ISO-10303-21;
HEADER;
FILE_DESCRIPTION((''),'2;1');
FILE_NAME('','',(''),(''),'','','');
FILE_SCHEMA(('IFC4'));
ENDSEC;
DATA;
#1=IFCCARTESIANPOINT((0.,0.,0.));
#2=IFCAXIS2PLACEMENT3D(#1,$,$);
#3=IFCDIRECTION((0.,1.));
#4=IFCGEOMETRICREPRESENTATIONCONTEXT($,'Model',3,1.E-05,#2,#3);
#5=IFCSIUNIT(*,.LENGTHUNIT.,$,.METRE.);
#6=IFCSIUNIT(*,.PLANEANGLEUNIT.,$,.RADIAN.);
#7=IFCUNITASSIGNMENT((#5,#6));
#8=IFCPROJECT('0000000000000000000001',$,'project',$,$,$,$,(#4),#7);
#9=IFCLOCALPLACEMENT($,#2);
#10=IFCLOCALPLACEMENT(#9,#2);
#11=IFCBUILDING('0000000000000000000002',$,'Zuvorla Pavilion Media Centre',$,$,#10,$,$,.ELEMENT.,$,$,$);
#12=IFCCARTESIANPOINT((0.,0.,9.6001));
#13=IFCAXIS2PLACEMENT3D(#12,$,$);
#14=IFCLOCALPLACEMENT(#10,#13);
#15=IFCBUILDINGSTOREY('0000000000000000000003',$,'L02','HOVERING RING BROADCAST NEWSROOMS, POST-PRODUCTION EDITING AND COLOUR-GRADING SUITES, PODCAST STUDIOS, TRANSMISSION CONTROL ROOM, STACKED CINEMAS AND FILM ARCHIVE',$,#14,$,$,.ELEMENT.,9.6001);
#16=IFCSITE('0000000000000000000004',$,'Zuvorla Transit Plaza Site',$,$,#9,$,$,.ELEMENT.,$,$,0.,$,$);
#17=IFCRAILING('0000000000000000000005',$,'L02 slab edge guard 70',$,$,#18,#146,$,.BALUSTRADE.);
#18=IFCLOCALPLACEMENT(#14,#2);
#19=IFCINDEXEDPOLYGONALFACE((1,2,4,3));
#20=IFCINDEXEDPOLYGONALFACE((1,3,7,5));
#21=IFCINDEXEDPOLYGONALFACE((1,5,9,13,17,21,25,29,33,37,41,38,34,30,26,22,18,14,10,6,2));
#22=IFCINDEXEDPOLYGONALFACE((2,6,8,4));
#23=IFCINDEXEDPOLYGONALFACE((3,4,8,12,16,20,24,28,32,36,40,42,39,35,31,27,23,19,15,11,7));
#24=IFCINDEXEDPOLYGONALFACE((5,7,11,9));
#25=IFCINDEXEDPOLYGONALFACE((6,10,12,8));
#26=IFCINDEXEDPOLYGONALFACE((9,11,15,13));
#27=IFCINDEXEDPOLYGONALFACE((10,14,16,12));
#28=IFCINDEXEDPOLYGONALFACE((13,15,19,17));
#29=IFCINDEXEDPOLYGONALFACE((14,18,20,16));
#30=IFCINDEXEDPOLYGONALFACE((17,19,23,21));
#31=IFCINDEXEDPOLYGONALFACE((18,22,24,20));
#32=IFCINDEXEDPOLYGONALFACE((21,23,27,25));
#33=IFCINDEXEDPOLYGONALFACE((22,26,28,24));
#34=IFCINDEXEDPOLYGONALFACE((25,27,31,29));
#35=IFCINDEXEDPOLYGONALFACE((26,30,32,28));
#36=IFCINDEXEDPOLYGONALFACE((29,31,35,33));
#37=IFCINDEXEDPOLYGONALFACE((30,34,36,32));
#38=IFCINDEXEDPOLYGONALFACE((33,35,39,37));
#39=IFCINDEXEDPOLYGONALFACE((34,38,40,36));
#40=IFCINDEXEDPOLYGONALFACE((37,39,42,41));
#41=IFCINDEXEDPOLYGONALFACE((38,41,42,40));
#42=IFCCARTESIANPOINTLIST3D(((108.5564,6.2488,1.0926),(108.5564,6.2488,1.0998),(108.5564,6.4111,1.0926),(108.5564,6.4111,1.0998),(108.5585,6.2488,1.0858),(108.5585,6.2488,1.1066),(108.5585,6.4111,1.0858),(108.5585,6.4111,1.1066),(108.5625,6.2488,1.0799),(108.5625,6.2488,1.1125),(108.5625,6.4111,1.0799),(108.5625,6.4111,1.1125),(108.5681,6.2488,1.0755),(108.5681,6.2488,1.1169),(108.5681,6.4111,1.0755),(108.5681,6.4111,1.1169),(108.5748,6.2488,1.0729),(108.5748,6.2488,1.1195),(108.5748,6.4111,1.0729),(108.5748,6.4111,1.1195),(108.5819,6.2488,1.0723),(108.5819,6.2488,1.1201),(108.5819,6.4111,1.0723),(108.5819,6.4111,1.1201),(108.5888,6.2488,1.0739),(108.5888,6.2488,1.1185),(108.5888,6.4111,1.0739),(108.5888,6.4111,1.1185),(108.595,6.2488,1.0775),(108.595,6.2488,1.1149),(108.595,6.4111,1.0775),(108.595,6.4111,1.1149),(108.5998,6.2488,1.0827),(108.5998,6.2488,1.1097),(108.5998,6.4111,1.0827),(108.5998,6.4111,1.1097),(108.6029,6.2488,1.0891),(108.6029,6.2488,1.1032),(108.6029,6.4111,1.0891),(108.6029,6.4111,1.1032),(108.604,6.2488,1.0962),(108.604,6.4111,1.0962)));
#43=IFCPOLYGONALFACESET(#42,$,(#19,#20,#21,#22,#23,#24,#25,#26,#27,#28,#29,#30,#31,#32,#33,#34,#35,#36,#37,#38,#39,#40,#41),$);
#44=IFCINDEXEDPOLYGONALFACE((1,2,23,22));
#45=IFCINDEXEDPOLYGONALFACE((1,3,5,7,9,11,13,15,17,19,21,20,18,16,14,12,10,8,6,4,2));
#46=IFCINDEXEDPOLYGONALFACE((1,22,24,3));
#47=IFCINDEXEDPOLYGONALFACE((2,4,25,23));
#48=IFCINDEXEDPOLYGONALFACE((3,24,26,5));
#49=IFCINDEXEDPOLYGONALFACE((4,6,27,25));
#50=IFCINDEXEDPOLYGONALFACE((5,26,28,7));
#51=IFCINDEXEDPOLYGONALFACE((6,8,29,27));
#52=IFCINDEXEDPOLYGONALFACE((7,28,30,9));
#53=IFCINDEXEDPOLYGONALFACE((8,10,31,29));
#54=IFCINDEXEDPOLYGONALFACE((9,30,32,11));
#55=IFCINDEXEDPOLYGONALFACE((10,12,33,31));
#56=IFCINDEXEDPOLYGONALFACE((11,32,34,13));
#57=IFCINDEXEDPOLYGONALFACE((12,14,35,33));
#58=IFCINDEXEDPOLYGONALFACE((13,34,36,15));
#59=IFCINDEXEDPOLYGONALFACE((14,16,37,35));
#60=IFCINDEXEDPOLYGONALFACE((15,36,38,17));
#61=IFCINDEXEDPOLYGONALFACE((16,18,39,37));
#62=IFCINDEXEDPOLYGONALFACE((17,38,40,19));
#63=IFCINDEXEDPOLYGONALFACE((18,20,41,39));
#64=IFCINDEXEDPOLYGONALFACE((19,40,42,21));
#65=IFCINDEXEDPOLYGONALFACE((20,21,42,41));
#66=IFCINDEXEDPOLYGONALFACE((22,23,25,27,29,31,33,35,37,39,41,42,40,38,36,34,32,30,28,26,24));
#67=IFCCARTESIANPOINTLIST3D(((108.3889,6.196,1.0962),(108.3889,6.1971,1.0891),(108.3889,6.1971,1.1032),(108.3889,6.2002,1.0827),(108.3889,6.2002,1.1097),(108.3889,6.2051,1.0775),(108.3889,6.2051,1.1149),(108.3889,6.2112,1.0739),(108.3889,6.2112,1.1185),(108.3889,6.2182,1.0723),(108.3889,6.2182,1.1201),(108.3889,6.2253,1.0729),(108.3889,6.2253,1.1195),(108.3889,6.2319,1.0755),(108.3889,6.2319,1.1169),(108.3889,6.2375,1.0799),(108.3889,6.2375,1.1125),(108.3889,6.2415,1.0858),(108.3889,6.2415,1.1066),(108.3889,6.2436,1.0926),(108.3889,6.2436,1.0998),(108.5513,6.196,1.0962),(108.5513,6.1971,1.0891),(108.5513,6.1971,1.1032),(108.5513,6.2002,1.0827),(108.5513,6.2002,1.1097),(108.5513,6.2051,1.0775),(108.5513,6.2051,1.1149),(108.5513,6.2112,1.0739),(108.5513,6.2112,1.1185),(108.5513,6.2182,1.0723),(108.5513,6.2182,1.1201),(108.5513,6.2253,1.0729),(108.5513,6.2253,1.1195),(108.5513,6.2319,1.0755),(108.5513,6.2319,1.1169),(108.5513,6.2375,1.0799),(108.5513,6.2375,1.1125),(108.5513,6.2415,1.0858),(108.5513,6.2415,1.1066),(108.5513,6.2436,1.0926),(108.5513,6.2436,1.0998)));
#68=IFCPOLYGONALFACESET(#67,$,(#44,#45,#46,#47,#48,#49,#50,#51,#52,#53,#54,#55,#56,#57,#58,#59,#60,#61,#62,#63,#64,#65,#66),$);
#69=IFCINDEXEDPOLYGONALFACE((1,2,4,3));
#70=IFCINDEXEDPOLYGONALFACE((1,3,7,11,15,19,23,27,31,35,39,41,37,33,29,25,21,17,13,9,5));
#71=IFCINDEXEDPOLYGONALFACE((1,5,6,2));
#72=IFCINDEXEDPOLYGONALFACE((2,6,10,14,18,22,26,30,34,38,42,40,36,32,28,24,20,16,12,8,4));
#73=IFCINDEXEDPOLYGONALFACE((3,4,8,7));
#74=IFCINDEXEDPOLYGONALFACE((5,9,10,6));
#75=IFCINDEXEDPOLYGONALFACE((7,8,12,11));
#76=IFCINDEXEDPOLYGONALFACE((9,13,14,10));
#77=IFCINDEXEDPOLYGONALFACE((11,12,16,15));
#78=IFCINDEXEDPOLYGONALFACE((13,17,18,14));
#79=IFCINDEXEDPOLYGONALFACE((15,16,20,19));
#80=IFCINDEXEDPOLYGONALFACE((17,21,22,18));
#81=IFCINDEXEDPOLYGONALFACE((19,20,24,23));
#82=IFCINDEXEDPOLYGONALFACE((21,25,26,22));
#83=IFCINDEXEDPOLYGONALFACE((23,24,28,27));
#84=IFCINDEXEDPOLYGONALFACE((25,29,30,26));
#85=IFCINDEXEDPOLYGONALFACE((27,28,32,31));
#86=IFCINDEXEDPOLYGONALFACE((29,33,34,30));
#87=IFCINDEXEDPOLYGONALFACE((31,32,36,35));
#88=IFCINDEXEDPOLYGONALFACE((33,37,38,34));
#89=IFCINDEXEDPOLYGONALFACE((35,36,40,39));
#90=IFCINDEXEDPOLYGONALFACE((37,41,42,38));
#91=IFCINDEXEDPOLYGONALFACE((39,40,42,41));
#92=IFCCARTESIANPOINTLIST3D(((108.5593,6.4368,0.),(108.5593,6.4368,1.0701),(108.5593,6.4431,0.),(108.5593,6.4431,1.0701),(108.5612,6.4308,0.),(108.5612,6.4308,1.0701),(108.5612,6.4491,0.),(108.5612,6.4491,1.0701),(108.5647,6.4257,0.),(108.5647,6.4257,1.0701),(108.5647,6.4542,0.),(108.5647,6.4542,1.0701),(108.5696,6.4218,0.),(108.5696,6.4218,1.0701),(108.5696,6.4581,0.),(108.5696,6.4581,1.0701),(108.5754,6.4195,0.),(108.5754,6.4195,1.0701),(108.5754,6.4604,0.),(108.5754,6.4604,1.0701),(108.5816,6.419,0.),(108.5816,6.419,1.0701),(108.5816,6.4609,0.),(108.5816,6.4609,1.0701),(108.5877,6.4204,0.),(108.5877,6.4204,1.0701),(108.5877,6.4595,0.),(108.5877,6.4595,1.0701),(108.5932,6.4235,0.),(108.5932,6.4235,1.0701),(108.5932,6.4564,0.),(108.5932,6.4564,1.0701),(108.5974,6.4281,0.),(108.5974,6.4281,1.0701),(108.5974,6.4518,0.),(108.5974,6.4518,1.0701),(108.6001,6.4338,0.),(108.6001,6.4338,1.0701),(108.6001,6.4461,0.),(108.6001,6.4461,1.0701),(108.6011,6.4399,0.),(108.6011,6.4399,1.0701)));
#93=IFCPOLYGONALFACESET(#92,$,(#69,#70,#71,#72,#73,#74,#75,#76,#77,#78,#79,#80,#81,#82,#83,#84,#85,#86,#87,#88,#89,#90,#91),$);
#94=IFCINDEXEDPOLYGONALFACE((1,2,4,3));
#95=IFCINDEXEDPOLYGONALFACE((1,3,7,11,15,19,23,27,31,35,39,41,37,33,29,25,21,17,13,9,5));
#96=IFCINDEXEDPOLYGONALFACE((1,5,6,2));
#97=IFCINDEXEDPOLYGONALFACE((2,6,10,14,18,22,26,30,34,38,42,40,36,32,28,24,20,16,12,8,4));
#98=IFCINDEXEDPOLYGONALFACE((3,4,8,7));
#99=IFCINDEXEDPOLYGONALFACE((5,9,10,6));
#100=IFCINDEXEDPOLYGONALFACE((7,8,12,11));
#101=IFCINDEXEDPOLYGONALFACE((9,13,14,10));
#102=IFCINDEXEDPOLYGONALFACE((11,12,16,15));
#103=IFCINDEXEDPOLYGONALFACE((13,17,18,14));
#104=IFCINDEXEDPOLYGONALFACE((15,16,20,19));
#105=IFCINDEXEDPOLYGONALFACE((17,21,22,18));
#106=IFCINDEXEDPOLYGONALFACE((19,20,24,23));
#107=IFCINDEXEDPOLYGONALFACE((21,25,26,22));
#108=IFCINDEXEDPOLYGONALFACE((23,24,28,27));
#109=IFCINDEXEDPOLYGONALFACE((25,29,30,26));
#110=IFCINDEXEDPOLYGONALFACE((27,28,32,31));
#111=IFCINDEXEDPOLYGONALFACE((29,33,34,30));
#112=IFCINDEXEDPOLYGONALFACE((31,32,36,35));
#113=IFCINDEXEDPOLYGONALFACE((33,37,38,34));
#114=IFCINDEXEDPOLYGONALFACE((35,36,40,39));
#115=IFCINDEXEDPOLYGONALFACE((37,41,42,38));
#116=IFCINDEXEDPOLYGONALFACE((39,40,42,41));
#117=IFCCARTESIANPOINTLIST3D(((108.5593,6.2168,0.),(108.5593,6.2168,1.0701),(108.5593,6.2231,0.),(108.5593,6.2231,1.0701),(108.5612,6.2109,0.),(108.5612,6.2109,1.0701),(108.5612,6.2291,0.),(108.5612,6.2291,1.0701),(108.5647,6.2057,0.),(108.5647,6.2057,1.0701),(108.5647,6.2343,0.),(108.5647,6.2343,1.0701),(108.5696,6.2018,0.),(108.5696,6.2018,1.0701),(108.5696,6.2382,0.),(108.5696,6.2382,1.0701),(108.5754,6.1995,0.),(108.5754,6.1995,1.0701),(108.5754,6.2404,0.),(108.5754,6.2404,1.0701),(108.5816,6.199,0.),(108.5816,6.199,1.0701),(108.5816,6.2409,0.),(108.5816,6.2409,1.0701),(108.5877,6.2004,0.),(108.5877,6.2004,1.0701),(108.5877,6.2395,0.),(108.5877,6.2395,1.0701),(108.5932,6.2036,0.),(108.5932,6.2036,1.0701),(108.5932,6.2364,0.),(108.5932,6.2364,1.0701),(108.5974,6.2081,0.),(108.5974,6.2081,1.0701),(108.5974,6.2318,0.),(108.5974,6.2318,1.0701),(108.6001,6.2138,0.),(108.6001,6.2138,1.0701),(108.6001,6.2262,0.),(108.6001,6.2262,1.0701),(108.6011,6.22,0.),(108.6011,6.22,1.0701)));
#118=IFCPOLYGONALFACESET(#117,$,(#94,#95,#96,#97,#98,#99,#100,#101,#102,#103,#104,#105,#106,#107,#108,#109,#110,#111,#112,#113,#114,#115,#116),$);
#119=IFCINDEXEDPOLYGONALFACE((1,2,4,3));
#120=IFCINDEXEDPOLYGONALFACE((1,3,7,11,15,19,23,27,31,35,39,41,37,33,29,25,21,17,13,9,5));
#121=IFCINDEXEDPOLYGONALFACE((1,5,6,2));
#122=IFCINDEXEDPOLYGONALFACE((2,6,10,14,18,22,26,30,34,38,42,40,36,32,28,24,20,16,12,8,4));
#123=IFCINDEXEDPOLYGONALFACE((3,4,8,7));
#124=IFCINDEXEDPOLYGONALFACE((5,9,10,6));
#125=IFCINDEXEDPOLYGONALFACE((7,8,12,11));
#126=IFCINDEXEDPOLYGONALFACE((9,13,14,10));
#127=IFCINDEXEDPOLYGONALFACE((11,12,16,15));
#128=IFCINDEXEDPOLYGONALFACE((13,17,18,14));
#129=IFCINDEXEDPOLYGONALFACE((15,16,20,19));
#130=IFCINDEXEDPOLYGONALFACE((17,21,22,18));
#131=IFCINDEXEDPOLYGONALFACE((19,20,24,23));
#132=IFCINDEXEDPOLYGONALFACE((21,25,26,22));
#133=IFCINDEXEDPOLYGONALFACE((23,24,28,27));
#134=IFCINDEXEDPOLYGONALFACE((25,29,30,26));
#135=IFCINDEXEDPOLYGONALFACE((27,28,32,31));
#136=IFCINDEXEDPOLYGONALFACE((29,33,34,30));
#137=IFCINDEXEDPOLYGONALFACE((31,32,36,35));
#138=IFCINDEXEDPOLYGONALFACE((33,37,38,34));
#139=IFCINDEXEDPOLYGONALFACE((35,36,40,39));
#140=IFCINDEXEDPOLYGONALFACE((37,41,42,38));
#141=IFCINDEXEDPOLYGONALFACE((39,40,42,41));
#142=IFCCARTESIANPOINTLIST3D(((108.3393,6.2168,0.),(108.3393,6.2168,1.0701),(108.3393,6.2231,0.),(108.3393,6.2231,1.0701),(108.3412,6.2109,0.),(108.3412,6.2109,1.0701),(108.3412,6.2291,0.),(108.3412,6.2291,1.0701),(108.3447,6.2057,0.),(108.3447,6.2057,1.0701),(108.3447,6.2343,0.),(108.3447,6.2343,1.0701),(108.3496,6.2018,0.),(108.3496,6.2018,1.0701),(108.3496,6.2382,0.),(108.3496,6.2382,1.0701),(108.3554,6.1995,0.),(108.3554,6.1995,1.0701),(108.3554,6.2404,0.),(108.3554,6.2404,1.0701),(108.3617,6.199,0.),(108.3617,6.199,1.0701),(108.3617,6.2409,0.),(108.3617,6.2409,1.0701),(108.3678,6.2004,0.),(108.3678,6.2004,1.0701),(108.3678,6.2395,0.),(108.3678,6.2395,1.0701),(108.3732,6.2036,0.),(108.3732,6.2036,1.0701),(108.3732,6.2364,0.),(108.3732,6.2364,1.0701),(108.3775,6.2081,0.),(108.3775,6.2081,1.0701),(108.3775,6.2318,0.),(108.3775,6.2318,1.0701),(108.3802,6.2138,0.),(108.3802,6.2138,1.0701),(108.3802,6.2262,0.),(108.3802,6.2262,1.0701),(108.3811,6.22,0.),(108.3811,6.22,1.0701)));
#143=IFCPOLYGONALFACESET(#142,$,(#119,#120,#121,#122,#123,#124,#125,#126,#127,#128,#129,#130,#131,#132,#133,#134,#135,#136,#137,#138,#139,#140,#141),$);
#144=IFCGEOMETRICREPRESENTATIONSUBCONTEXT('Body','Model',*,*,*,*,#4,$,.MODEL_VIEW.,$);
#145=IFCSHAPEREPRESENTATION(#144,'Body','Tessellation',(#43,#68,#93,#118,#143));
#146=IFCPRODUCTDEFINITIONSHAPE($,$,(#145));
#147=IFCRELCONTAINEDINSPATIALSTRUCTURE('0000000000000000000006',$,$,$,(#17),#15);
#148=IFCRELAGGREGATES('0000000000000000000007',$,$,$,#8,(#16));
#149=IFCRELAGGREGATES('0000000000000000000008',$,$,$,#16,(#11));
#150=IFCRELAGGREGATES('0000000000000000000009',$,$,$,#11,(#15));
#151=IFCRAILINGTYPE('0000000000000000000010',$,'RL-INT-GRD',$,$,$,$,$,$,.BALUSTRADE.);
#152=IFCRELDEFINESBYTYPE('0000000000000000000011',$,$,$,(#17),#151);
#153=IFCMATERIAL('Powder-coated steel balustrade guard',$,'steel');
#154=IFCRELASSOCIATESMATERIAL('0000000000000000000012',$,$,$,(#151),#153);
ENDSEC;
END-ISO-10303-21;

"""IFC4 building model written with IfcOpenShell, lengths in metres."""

from ifc_helpers import new_model, si_unit, direction, frame, origin, origin_2d, place, context, subcontext, project, spatial, circle, extrude, material, type_object, element, save


model = new_model("IFC4")

# Units and contexts
model_context = context("Model", 3, precision=1e-05, world=origin(), true_north=direction((0.0, 1.0)))
body_context = subcontext(model_context, "Body", "Model", "MODEL_VIEW")
ifc_project = project(units=[si_unit("LENGTHUNIT", "METRE"), si_unit("PLANEANGLEUNIT", "RADIAN")], contexts=[model_context])

# Site, building, storey
site_placement = place(None, origin())
site = spatial("IfcSite", under=ifc_project, at=site_placement, Name="Zuvorla Transit Plaza Site", CompositionType="ELEMENT", RefElevation=0.0)
building_placement = place(site_placement, origin())
building = spatial("IfcBuilding", under=site, at=building_placement, Name="Zuvorla Pavilion Media Centre", CompositionType="ELEMENT")
storey_placement = place(building_placement, frame((0.0, 0.0, 9.6001)))
storey = spatial("IfcBuildingStorey", under=building, at=storey_placement, Name="L02", Description="HOVERING RING BROADCAST NEWSROOMS, POST-PRODUCTION EDITING AND COLOUR-GRADING SUITES, PODCAST STUDIOS, TRANSMISSION CONTROL ROOM, STACKED CINEMAS AND FILM ARCHIVE", CompositionType="ELEMENT", Elevation=9.6001)

# Railing
ifc_material_1 = material(Name="Powder-coated steel balustrade guard", Category="steel")
railing_type = type_object("IfcRailingType", Name="RL-INT-GRD", PredefinedType="BALUSTRADE", material=ifc_material_1)
railing_1_placement = place(storey_placement, frame((108.5801, 6.4399, 0.0)))
element("IfcRailing", 1, at=railing_1_placement, inside=storey, type_object=railing_type, Name="L02 slab edge guard 70", PredefinedType="BALUSTRADE", context=body_context, shape_type="SweptSolid", body=[
    extrude(circle(Radius=0.0239, at=origin_2d()), frame((0.0, -0.0288, 1.0962), z_axis=(0.0, -1.0, 0.0), x_axis=(1.0, 0.0, 0.0)), (0.0, 0.0, 1.0), 0.1624),
    extrude(circle(Radius=0.0239, at=origin_2d()), frame((-0.0288, -0.22, 1.0962), z_axis=(-1.0, 0.0, 0.0), x_axis=(0.0, -1.0, 0.0)), (0.0, 0.0, 1.0), 0.1624),
    extrude(circle(Radius=0.021, at=origin_2d()), origin(), (0.0, 0.0, 1.0), 1.0701),
    extrude(circle(Radius=0.021, at=origin_2d()), frame((0.0, -0.22, 0.0)), (0.0, 0.0, 1.0), 1.0701),
    extrude(circle(Radius=0.021, at=origin_2d()), frame((-0.22, -0.22, 0.0)), (0.0, 0.0, 1.0), 1.0701),
])

save(model, "model.ifc")
